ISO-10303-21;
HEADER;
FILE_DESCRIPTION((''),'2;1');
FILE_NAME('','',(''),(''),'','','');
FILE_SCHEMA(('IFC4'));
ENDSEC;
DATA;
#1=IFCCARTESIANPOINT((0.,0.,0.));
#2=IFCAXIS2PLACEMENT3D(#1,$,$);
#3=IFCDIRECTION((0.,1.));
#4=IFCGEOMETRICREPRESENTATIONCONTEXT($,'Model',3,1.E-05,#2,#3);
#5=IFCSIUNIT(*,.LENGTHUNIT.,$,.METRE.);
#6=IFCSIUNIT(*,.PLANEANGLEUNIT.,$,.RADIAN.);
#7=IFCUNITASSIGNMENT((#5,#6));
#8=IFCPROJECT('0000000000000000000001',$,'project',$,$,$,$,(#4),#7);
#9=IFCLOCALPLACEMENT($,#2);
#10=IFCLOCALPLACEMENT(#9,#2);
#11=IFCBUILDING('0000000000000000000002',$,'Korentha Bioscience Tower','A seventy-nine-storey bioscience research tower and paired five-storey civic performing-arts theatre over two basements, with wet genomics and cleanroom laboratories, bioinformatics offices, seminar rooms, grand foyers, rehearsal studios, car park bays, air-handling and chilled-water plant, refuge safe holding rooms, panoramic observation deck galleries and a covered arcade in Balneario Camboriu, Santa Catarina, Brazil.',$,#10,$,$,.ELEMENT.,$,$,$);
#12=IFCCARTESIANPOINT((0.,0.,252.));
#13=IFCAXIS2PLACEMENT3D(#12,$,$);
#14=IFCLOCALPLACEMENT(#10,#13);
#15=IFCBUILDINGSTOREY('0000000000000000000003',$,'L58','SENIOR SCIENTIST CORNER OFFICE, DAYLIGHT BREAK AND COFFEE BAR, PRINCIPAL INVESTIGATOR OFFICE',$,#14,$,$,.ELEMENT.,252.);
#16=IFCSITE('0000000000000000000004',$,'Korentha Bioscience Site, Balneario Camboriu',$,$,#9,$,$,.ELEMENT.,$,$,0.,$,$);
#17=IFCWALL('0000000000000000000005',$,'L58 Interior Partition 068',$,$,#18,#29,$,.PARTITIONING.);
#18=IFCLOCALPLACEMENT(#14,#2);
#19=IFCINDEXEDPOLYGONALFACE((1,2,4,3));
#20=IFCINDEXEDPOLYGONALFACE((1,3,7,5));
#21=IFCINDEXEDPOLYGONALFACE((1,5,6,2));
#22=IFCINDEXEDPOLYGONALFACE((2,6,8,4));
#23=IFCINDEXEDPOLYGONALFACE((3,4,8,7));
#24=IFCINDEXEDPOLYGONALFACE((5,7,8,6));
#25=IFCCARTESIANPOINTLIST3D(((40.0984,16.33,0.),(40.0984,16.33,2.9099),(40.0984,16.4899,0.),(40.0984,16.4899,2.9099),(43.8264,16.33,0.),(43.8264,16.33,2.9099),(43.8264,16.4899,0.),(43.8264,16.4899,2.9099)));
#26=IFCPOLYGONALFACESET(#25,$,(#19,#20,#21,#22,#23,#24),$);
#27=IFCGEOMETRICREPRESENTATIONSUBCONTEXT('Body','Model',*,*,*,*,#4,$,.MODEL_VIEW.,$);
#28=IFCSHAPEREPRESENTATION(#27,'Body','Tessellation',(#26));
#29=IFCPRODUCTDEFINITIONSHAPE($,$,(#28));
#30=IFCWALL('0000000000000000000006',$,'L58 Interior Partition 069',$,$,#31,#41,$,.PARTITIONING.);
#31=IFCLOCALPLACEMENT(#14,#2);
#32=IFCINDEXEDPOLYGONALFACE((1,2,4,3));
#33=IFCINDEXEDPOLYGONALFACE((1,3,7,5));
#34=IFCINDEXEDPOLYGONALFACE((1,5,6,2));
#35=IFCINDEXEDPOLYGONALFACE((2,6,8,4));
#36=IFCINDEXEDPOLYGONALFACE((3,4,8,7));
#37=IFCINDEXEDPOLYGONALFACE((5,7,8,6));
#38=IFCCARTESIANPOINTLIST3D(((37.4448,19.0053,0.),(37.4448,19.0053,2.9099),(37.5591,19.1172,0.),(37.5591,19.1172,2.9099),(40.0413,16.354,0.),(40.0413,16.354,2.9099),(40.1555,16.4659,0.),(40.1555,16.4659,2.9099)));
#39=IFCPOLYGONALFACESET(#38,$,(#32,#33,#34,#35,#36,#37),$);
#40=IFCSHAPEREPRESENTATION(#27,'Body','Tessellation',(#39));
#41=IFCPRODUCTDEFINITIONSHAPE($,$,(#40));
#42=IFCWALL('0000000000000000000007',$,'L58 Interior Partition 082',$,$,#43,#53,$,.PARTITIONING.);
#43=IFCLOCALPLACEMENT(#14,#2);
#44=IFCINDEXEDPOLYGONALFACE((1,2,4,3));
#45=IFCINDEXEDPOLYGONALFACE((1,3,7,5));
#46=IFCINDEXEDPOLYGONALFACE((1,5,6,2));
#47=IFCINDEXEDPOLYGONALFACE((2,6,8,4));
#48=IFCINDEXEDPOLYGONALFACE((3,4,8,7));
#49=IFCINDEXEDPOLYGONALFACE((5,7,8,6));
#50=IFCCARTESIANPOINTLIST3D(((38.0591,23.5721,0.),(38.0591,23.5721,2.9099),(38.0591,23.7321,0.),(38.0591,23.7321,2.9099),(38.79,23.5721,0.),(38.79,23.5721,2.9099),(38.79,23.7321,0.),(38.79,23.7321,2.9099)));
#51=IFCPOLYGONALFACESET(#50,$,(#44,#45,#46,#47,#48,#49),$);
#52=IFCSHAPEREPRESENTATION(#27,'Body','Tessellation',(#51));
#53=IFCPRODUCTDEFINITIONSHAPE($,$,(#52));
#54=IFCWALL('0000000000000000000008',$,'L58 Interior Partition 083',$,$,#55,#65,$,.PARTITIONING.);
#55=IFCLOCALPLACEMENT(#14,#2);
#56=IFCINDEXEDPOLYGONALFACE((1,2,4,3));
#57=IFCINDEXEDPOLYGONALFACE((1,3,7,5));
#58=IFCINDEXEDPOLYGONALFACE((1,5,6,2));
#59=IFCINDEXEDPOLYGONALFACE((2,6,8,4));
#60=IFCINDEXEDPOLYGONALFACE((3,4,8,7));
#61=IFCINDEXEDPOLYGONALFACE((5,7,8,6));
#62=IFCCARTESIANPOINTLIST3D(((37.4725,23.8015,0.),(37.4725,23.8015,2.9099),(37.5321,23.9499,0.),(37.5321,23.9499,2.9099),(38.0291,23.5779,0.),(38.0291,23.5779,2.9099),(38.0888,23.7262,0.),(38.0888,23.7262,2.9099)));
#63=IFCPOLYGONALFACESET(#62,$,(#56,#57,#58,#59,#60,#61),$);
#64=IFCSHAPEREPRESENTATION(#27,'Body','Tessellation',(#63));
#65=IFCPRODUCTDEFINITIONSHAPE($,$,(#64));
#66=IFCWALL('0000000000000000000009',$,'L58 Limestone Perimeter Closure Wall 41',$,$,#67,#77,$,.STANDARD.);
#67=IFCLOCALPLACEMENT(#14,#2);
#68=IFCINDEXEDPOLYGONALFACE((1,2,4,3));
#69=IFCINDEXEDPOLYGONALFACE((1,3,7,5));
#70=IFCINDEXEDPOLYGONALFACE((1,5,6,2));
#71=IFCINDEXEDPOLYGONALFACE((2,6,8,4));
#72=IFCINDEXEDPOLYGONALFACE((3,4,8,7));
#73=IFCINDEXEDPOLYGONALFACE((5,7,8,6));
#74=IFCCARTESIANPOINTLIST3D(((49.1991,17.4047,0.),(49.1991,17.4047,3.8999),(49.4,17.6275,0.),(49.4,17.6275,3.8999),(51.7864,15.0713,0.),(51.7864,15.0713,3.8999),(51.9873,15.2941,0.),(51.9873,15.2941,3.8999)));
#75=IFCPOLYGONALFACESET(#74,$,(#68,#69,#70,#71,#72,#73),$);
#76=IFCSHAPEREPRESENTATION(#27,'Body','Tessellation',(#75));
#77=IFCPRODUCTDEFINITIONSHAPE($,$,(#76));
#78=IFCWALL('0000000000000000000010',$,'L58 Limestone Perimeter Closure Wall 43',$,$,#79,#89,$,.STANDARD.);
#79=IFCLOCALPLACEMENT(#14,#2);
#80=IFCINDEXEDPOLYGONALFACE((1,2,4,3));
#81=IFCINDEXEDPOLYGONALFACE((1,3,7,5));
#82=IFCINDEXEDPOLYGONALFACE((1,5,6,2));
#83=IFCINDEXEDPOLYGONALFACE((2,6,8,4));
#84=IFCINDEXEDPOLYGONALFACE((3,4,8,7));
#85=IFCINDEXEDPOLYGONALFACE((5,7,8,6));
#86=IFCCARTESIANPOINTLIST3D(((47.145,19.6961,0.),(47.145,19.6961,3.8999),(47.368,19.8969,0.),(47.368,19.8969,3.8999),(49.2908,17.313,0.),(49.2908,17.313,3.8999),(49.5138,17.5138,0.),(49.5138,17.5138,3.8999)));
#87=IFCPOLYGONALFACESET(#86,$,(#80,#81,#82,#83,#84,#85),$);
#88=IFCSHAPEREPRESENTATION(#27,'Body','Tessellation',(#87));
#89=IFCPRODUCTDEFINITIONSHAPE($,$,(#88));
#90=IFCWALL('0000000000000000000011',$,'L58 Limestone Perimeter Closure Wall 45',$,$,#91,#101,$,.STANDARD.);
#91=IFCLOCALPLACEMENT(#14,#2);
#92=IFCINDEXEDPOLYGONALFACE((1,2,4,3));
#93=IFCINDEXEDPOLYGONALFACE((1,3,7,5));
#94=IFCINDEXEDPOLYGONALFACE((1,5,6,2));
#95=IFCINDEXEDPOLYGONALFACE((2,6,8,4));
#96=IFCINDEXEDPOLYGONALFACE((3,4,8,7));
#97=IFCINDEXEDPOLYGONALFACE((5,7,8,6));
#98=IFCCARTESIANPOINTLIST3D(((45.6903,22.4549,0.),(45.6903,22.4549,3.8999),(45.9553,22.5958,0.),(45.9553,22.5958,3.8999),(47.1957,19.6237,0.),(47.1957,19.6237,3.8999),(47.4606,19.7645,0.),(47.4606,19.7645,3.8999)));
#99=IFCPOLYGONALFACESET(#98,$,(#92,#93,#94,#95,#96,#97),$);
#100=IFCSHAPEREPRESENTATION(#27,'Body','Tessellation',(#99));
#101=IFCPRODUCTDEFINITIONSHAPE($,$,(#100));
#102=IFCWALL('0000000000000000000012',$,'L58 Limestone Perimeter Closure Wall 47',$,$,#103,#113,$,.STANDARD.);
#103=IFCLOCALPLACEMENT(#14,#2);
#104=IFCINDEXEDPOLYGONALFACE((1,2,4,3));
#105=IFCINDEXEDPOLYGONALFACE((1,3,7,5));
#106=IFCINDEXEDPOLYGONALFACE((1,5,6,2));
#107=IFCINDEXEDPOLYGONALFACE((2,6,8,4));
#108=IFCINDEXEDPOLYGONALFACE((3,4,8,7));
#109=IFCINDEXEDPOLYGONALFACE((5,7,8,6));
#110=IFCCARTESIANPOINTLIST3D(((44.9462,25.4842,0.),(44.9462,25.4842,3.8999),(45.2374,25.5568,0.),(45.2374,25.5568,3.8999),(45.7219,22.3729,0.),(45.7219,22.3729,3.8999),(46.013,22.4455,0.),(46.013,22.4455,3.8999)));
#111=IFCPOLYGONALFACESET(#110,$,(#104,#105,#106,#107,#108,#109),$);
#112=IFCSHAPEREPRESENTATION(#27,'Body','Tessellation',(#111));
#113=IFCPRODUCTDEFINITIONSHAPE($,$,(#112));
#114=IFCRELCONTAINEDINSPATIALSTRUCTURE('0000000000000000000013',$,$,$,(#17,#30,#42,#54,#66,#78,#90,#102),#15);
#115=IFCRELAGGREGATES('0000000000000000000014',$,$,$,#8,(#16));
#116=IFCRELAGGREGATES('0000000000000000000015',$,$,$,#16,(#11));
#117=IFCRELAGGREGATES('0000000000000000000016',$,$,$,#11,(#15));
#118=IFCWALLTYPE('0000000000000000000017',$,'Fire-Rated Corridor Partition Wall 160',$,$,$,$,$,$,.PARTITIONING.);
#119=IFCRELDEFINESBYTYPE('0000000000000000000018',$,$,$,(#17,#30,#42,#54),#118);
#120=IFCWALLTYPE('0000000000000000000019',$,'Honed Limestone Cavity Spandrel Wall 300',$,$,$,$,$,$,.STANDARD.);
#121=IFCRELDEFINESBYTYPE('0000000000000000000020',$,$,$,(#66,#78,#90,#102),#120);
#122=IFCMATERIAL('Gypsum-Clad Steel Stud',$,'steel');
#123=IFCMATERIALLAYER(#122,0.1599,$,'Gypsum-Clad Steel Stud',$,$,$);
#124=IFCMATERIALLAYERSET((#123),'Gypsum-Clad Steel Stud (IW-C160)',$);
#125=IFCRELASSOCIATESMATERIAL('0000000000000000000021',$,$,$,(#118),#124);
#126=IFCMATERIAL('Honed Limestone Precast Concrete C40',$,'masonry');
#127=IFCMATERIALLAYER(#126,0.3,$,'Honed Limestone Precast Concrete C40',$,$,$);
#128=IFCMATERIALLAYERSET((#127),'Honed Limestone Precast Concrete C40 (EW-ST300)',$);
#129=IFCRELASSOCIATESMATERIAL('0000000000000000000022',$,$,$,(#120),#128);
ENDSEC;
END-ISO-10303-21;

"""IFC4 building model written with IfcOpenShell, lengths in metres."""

from ifc_helpers import new_model, si_unit, direction, frame, frame_2d, origin, place, context, subcontext, project, spatial, rectangle, extrude, material, layer, layer_set, type_object, element, save


model = new_model("IFC4")

# Units and contexts
model_context = context("Model", 3, precision=1e-05, world=origin(), true_north=direction((0.0, 1.0)))
body_context = subcontext(model_context, "Body", "Model", "MODEL_VIEW")
ifc_project = project(units=[si_unit("LENGTHUNIT", "METRE"), si_unit("PLANEANGLEUNIT", "RADIAN")], contexts=[model_context])

# Site, building, storey
site_placement = place(None, origin())
site = spatial("IfcSite", under=ifc_project, at=site_placement, Name="Korentha Bioscience Site, Balneario Camboriu", CompositionType="ELEMENT", RefElevation=0.0)
building_placement = place(site_placement, origin())
building = spatial("IfcBuilding", under=site, at=building_placement, Name="Korentha Bioscience Tower", Description="A seventy-nine-storey bioscience research tower and paired five-storey civic performing-arts theatre over two basements, with wet genomics and cleanroom laboratories, bioinformatics offices, seminar rooms, grand foyers, rehearsal studios, car park bays, air-handling and chilled-water plant, refuge safe holding rooms, panoramic observation deck galleries and a covered arcade in Balneario Camboriu, Santa Catarina, Brazil.", CompositionType="ELEMENT")
storey_placement = place(building_placement, frame((0.0, 0.0, 252.0)))
storey = spatial("IfcBuildingStorey", under=building, at=storey_placement, Name="L58", Description="SENIOR SCIENTIST CORNER OFFICE, DAYLIGHT BREAK AND COFFEE BAR, PRINCIPAL INVESTIGATOR OFFICE", CompositionType="ELEMENT", Elevation=252.0)

# Walls
ifc_material_1 = material(Name="Gypsum-Clad Steel Stud", Category="steel")
ifc_layer_1 = layer(ifc_material_1, 0.1599, Name="Gypsum-Clad Steel Stud")
ifc_layer_set_1 = layer_set([ifc_layer_1], Name="Gypsum-Clad Steel Stud (IW-C160)")
wall_type_1 = type_object("IfcWallType", Name="Fire-Rated Corridor Partition Wall 160", PredefinedType="PARTITIONING", material=ifc_layer_set_1)
wall_1_placement = place(storey_placement, frame((43.8264, 16.4099, 0.0), z_axis=(0.0, 0.0, 1.0), x_axis=(-1.0, 0.0, 0.0)))
element("IfcWall", 1, at=wall_1_placement, inside=storey, type_object=wall_type_1, Name="L58 Interior Partition 068", PredefinedType="PARTITIONING", context=body_context, shape_type="SweptSolid", body=[
    extrude(rectangle(XDim=3.728, YDim=0.1599, at=frame_2d((1.864, 0.0))), origin(), (0.0, 0.0, 1.0), 2.9099),
])
wall_2_placement = place(storey_placement, frame((40.0984, 16.4099, 0.0), z_axis=(0.0, 0.0, 1.0), x_axis=(-0.699667, 0.714469, 0.0)))
element("IfcWall", 2, at=wall_2_placement, inside=storey, type_object=wall_type_1, Name="L58 Interior Partition 069", PredefinedType="PARTITIONING", context=body_context, shape_type="SweptSolid", body=[
    extrude(rectangle(XDim=3.7109, YDim=0.1599, at=frame_2d((1.8555, 0.0))), origin(), (0.0, 0.0, 1.0), 2.9099),
])
wall_3_placement = place(storey_placement, frame((38.79, 23.6521, 0.0), z_axis=(0.0, 0.0, 1.0), x_axis=(-1.0, 0.0, 0.0)))
element("IfcWall", 3, at=wall_3_placement, inside=storey, type_object=wall_type_1, Name="L58 Interior Partition 082", PredefinedType="PARTITIONING", context=body_context, shape_type="SweptSolid", body=[
    extrude(rectangle(XDim=0.731, YDim=0.1599, at=frame_2d((0.3655, 0.0))), origin(), (0.0, 0.0, 1.0), 2.9099),
])
wall_4_placement = place(storey_placement, frame((38.0588, 23.6521, 0.0), z_axis=(0.0, 0.0, 1.0), x_axis=(-0.927914, 0.372794, 0.0)))
element("IfcWall", 4, at=wall_4_placement, inside=storey, type_object=wall_type_1, Name="L58 Interior Partition 083", PredefinedType="PARTITIONING", context=body_context, shape_type="SweptSolid", body=[
    extrude(rectangle(XDim=0.5999, YDim=0.1599, at=frame_2d((0.2998, 0.0))), origin(), (0.0, 0.0, 1.0), 2.9099),
])
ifc_material_2 = material(Name="Honed Limestone Precast Concrete C40", Category="masonry")
ifc_layer_2 = layer(ifc_material_2, 0.3, Name="Honed Limestone Precast Concrete C40")
ifc_layer_set_2 = layer_set([ifc_layer_2], Name="Honed Limestone Precast Concrete C40 (EW-ST300)")
wall_type_2 = type_object("IfcWallType", Name="Honed Limestone Cavity Spandrel Wall 300", PredefinedType="STANDARD", material=ifc_layer_set_2)
wall_5_placement = place(storey_placement, frame((51.887, 15.1826, 0.0), z_axis=(0.0, 0.0, 1.0), x_axis=(-0.742604, 0.669731, 0.0)))
element("IfcWall", 5, at=wall_5_placement, inside=storey, type_object=wall_type_2, Name="L58 Limestone Perimeter Closure Wall 41", PredefinedType="STANDARD", context=body_context, shape_type="SweptSolid", body=[
    extrude(rectangle(XDim=3.4841, YDim=0.3, at=frame_2d((1.7422, 0.0))), origin(), (0.0, 0.0, 1.0), 3.8999),
])
wall_6_placement = place(storey_placement, frame((49.4023, 17.4133, 0.0), z_axis=(0.0, 0.0, 1.0), x_axis=(-0.669137, 0.743139, 0.0)))
element("IfcWall", 6, at=wall_6_placement, inside=storey, type_object=wall_type_2, Name="L58 Limestone Perimeter Closure Wall 43", PredefinedType="STANDARD", context=body_context, shape_type="SweptSolid", body=[
    extrude(rectangle(XDim=3.2068, YDim=0.3, at=frame_2d((1.6035, 0.0))), origin(), (0.0, 0.0, 1.0), 3.8999),
])
for number, where, z_axis, x_axis, name in (
    (7, (47.3281, 19.6941, 0.0), (0.0, 0.0, 1.0), (-0.469458, 0.882955, 0.0), "L58 Limestone Perimeter Closure Wall 45"),
    (8, (45.8674, 22.4092, 0.0), (0.0, 0.0, 1.0), (-0.241891, 0.970304, 0.0), "L58 Limestone Perimeter Closure Wall 47"),
):
    element("IfcWall", number, at=place(storey_placement, frame(where, z_axis=z_axis, x_axis=x_axis)), inside=storey, type_object=wall_type_2, Name=name, PredefinedType="STANDARD", context=body_context, shape_type="SweptSolid", body=[
        extrude(rectangle(XDim=3.2065, YDim=0.3, at=frame_2d((1.6033, 0.0))), origin(), (0.0, 0.0, 1.0), 3.8999),
    ])

save(model, "model.ifc")
